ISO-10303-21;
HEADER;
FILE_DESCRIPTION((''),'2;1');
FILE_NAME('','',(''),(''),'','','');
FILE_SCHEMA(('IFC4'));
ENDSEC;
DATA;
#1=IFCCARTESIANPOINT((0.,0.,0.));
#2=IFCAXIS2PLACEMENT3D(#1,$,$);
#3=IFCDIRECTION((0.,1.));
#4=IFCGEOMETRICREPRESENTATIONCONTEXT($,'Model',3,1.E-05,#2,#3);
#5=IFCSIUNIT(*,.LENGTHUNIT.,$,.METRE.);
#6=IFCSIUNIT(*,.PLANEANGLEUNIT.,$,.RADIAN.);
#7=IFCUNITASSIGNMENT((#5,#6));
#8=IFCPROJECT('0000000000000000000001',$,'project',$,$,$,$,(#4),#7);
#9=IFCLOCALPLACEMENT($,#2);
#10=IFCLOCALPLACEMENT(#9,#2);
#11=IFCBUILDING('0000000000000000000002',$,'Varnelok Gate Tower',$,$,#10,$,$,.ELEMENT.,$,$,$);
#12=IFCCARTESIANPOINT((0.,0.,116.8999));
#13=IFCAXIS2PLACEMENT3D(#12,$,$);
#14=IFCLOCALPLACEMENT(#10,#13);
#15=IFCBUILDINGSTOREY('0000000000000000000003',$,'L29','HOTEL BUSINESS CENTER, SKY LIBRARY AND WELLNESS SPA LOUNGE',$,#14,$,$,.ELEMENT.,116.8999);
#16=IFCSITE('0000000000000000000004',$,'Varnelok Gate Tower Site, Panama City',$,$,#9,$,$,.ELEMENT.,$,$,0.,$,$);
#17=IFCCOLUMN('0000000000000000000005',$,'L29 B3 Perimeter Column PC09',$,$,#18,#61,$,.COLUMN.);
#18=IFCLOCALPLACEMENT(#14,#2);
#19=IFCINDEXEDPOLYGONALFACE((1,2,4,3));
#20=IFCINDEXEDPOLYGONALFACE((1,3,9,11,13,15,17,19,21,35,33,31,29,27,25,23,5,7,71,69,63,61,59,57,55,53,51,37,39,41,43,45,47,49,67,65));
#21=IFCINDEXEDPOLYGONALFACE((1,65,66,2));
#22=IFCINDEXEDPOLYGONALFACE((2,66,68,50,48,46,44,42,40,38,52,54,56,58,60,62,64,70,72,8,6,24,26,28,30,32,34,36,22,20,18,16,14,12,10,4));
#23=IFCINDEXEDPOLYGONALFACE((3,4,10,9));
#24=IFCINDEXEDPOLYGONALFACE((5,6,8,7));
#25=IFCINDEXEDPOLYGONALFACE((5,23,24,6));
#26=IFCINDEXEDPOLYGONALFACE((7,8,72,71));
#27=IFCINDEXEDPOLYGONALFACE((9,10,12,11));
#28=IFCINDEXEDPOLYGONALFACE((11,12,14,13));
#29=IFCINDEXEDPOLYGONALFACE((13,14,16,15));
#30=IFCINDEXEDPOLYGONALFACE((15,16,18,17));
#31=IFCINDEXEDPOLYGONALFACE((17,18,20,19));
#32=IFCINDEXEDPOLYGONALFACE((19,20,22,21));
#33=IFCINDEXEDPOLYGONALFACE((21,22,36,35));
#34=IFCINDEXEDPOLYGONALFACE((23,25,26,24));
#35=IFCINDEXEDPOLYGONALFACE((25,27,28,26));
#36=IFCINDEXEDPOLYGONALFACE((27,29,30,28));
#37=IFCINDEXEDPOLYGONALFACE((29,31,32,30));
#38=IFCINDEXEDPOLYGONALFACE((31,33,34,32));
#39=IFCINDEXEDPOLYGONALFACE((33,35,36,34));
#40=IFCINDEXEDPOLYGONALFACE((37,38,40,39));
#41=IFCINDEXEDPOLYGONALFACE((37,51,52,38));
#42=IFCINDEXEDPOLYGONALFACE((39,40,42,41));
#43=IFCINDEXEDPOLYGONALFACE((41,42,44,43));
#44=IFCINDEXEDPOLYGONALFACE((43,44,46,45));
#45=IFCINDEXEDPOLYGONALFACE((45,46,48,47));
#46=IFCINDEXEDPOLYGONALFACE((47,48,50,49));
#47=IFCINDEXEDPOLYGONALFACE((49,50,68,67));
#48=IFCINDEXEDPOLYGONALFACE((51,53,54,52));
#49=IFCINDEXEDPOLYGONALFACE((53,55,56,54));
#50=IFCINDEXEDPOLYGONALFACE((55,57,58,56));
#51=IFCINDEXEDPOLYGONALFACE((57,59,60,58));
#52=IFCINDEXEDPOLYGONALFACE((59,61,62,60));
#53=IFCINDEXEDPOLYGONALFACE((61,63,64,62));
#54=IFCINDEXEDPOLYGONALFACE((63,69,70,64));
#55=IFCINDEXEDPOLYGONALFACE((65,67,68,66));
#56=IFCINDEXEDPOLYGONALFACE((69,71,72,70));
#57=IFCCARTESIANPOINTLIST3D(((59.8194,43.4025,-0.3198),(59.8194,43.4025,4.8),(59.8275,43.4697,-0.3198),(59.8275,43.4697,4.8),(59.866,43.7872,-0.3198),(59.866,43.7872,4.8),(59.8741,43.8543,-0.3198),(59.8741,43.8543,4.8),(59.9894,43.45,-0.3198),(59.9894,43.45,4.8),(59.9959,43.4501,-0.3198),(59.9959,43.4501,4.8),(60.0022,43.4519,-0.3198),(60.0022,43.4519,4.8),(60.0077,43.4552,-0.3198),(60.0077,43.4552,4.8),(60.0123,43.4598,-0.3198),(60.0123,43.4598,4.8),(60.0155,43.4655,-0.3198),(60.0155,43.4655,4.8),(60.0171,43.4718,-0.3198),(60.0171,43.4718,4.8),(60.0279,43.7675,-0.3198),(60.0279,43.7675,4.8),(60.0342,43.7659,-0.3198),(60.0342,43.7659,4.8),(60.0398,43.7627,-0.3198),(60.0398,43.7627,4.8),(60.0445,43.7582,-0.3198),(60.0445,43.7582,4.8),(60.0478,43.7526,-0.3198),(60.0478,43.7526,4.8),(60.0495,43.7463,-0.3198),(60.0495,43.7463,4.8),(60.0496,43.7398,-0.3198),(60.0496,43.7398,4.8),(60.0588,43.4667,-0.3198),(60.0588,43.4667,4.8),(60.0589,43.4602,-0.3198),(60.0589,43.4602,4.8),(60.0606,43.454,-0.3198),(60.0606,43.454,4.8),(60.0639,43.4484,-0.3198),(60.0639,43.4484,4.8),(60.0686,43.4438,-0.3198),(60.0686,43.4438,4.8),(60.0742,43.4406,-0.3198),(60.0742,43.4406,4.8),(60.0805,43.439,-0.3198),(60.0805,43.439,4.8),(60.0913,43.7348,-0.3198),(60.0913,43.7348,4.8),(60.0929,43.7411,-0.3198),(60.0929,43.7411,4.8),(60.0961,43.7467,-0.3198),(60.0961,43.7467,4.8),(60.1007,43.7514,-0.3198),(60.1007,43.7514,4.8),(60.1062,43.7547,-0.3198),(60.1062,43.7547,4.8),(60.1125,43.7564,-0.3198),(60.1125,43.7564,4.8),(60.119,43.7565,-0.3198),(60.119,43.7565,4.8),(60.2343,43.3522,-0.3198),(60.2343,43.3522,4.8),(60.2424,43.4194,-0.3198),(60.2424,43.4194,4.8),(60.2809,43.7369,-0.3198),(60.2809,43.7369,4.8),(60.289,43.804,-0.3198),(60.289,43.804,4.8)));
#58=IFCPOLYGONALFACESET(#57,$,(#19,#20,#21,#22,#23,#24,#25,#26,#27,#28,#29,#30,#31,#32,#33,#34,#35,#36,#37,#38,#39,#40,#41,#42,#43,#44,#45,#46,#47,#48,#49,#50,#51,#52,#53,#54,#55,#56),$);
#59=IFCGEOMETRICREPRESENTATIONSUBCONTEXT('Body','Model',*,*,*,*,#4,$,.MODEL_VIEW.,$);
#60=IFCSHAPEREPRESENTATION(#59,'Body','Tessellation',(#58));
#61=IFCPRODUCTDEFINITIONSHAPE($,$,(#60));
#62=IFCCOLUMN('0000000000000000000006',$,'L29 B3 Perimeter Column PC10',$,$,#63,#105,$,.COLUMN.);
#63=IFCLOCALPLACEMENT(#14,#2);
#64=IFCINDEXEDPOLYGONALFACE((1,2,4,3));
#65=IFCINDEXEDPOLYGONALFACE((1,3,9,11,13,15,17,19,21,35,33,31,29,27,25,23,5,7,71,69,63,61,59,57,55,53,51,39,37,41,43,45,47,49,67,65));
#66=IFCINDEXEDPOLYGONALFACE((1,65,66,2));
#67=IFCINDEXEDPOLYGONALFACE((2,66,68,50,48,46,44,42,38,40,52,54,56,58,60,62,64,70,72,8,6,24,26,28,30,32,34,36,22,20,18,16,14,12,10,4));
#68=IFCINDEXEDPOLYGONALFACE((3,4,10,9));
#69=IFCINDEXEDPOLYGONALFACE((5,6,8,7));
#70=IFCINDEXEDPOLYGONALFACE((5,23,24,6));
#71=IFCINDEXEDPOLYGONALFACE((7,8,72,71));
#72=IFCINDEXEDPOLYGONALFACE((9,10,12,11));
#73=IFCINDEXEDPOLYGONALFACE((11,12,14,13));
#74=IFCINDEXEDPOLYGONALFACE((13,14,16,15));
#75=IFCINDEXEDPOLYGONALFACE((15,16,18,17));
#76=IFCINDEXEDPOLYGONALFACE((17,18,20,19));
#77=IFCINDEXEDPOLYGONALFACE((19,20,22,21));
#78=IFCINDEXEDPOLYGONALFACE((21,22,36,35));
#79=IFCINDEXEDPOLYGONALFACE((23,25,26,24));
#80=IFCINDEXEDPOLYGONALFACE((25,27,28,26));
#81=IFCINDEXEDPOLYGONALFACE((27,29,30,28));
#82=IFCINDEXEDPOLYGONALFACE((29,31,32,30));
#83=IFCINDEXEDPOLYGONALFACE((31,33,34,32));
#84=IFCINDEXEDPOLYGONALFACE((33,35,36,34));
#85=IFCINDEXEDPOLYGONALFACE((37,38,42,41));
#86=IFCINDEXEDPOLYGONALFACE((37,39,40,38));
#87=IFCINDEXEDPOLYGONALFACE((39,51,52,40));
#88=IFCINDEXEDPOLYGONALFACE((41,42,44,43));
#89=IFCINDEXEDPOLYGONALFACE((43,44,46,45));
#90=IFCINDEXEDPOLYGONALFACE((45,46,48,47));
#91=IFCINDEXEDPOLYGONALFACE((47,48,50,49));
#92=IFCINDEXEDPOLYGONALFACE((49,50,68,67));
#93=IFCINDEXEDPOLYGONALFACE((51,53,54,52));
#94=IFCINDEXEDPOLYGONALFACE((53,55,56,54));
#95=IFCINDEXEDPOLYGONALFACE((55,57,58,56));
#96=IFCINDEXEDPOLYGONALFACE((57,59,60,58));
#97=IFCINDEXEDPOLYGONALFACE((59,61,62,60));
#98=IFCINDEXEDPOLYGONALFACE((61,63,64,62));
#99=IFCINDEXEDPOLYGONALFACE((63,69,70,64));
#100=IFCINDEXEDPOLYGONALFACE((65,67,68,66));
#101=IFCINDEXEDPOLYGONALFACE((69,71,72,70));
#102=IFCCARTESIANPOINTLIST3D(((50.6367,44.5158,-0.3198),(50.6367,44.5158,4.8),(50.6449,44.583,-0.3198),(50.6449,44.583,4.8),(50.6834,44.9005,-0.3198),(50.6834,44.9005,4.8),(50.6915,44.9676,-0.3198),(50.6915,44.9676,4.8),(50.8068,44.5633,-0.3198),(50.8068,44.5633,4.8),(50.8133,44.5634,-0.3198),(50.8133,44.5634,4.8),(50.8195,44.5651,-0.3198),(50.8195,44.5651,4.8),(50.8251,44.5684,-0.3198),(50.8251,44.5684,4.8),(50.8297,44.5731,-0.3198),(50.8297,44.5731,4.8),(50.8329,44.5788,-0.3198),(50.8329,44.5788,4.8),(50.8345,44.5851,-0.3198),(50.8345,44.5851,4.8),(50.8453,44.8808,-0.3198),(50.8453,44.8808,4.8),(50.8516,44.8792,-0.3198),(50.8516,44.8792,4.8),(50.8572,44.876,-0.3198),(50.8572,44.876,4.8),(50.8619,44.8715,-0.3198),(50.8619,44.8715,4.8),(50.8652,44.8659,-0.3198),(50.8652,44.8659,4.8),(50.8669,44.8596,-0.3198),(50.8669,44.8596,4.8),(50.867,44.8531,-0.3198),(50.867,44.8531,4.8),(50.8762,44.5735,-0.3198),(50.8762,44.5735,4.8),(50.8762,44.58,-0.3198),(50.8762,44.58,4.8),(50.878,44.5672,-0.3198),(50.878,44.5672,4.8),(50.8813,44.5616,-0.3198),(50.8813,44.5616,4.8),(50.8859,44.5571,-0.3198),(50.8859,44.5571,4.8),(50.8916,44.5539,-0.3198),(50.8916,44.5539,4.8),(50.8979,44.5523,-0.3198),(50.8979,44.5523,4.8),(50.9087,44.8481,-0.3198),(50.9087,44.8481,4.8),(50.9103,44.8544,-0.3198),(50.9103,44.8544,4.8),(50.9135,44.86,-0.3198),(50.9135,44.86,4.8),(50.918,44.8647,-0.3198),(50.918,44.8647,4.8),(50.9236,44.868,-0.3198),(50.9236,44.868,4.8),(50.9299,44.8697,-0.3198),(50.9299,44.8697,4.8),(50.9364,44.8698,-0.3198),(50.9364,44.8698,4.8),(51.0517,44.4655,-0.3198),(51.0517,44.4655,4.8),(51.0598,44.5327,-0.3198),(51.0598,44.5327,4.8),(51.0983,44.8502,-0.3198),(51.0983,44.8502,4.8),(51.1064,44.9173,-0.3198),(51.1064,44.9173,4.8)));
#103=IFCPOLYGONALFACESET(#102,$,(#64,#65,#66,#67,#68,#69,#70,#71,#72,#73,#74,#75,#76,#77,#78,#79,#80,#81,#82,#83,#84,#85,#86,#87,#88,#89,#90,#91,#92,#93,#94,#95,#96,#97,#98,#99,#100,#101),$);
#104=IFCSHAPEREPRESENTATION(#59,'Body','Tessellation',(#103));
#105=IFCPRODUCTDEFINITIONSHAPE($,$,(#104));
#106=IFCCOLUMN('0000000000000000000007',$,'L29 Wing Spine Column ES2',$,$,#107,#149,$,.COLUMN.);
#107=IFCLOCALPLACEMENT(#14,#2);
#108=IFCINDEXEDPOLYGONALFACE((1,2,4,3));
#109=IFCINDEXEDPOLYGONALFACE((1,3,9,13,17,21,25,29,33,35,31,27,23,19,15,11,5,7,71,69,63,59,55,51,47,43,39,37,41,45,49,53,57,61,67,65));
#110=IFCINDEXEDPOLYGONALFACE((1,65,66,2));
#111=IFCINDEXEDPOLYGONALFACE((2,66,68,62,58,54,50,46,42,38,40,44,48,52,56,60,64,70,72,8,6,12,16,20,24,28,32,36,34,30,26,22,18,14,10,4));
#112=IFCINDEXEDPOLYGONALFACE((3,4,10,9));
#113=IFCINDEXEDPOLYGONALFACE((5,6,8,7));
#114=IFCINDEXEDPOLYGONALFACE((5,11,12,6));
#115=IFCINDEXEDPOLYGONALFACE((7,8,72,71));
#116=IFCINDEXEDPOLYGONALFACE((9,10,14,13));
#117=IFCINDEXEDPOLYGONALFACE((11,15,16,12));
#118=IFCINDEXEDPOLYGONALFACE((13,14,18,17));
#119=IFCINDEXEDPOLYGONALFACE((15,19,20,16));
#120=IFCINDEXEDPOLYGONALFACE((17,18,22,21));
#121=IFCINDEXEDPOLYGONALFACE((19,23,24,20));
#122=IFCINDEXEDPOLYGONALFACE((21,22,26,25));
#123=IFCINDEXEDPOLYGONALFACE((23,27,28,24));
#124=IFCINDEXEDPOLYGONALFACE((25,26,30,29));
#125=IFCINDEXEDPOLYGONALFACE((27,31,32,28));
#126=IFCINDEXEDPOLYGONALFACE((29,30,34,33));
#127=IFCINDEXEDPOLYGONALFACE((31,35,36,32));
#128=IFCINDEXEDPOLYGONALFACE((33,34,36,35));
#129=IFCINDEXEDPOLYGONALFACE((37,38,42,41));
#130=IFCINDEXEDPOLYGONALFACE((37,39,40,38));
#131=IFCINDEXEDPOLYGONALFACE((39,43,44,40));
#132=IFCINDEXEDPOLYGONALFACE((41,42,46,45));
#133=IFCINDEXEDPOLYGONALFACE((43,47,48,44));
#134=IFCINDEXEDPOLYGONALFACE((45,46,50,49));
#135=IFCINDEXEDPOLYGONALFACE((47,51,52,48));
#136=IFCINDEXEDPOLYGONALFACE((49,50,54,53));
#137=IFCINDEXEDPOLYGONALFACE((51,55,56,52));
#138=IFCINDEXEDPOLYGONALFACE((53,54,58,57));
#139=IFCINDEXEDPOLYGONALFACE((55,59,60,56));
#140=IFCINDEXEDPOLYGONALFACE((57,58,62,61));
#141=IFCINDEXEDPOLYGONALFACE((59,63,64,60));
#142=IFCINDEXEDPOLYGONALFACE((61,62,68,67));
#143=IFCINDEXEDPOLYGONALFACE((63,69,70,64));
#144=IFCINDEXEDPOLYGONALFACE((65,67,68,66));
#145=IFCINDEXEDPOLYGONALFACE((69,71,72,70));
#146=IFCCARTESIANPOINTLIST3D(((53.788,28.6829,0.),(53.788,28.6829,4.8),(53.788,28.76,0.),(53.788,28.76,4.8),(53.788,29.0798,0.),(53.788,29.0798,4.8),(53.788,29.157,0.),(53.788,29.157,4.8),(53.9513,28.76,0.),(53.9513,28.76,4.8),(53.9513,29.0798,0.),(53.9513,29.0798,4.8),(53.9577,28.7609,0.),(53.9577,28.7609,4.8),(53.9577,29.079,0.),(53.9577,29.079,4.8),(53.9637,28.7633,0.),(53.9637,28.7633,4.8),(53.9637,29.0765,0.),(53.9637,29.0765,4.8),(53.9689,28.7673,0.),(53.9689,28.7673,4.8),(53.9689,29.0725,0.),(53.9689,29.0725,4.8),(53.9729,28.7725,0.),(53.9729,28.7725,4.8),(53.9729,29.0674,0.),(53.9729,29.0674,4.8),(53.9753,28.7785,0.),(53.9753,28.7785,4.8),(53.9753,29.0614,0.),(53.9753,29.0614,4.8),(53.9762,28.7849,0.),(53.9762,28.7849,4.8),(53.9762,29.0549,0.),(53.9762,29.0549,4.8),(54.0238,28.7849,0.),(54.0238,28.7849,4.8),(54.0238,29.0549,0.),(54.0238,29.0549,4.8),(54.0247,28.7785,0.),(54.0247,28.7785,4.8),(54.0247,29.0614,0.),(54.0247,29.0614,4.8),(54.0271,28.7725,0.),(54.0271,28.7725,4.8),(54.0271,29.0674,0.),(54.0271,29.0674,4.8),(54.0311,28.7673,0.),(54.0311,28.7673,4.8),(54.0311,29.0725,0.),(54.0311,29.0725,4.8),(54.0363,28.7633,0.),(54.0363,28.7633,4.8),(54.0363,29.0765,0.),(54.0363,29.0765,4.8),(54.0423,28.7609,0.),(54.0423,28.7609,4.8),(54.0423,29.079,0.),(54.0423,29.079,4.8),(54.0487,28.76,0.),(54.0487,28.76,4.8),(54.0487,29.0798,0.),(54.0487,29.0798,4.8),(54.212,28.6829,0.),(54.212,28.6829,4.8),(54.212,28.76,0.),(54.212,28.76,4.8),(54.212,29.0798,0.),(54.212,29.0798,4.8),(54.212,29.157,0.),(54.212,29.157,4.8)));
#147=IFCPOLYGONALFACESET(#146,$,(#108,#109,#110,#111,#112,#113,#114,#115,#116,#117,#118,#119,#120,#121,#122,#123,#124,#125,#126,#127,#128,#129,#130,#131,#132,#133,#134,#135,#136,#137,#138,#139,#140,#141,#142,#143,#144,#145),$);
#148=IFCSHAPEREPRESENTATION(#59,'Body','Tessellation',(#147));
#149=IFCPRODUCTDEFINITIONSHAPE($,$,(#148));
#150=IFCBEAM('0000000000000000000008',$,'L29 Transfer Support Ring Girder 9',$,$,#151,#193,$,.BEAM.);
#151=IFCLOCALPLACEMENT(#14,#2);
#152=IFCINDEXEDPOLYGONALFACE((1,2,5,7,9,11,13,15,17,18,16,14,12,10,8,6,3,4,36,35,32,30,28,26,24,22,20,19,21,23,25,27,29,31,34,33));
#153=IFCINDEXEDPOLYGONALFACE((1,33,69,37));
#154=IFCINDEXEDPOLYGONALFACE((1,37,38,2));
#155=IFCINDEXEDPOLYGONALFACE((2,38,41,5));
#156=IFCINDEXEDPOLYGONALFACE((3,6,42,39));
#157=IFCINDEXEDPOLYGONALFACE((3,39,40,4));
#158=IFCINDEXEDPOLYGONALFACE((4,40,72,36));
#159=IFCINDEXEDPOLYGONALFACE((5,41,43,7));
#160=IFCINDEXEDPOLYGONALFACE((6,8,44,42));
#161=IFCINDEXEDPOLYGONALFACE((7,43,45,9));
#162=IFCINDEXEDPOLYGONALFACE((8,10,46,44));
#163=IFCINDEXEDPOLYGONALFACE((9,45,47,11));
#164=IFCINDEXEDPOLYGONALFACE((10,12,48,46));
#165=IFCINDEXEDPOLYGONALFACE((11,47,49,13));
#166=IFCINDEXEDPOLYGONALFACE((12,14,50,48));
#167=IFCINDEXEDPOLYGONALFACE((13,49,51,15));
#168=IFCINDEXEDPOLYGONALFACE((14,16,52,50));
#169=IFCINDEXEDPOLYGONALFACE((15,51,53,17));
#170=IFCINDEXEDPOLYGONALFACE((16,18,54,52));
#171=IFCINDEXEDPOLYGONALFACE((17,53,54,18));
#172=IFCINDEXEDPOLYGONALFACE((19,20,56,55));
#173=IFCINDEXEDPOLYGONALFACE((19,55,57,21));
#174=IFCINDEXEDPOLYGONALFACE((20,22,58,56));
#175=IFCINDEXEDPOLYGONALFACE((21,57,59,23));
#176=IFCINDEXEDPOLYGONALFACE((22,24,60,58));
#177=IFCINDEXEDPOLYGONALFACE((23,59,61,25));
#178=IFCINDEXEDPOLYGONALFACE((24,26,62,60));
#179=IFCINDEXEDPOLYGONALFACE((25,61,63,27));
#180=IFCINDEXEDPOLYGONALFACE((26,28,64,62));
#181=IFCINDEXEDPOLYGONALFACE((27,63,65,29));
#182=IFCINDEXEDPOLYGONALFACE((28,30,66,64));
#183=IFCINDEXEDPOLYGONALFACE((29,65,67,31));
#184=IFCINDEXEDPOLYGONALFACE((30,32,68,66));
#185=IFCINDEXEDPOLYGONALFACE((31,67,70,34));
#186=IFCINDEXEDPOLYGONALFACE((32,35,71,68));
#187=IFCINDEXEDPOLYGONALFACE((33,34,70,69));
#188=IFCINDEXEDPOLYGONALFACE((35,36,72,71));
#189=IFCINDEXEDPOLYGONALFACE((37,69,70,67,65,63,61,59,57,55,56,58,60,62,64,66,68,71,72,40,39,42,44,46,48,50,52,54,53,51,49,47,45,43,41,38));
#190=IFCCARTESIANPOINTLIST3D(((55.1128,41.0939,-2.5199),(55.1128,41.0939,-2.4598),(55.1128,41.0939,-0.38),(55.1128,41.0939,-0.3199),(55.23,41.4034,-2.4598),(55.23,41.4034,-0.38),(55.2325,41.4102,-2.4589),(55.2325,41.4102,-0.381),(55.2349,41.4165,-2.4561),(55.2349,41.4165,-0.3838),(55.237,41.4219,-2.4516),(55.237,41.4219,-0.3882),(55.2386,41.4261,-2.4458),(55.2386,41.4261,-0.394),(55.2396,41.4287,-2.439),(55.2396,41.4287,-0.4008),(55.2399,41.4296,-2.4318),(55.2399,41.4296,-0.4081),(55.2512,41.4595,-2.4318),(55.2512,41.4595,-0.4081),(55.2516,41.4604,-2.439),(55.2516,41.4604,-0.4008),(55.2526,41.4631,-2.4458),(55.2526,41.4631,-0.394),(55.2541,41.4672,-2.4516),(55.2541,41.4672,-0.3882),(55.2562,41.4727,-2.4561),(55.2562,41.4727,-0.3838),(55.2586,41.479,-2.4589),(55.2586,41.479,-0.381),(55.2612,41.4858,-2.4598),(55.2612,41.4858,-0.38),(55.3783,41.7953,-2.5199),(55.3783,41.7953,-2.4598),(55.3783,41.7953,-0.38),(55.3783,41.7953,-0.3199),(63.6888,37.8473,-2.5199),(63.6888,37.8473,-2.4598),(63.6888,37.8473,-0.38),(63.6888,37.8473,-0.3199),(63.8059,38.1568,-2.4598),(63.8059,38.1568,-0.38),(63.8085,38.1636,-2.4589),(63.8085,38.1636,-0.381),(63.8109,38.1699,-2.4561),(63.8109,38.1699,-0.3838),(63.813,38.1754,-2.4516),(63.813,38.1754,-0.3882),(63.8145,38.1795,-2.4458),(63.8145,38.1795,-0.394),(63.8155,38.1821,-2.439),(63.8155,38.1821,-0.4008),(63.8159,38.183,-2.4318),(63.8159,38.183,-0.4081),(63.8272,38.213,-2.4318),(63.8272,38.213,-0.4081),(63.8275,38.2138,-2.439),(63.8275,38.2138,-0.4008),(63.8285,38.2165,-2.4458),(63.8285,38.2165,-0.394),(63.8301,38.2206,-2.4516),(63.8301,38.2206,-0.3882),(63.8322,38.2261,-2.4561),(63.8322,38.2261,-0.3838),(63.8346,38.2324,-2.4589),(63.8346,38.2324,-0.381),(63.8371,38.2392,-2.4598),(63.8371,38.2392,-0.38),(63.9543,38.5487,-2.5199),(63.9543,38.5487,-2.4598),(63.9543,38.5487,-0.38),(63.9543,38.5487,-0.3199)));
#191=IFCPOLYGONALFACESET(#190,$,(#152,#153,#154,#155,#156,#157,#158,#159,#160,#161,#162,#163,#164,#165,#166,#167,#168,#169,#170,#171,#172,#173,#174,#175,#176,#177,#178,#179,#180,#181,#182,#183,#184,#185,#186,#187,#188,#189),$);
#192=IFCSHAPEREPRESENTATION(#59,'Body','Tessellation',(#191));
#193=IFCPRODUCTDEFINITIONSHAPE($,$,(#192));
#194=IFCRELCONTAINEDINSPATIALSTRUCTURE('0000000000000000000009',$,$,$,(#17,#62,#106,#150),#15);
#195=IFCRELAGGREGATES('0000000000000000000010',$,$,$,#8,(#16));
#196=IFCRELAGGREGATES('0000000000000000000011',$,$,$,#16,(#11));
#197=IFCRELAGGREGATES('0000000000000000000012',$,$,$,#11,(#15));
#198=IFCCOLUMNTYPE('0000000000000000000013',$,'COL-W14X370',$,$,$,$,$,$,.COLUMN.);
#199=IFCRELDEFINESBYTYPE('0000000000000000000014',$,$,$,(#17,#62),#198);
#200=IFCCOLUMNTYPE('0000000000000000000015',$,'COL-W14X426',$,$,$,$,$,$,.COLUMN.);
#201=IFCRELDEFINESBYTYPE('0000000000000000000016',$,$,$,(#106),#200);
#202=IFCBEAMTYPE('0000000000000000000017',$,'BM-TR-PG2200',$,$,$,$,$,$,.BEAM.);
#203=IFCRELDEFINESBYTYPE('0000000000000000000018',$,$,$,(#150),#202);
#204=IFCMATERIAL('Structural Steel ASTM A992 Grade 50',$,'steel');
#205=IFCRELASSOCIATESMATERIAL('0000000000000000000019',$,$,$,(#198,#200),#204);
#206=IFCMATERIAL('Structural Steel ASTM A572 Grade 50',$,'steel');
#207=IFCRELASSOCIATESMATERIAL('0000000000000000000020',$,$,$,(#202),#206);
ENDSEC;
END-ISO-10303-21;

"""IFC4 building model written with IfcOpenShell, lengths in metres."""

from ifc_helpers import new_model, si_unit, direction, frame, origin, origin_2d, place, context, subcontext, project, spatial, i_section, extrude, material, material_profile, profile_set, type_object, element, save


model = new_model("IFC4")

# Units and contexts
model_context = context("Model", 3, precision=1e-05, world=origin(), true_north=direction((0.0, 1.0)))
body_context = subcontext(model_context, "Body", "Model", "MODEL_VIEW")
ifc_project = project(units=[si_unit("LENGTHUNIT", "METRE"), si_unit("PLANEANGLEUNIT", "RADIAN")], contexts=[model_context])

# Site, building, storey
site_placement = place(None, origin())
site = spatial("IfcSite", under=ifc_project, at=site_placement, Name="Varnelok Gate Tower Site, Panama City", CompositionType="ELEMENT", RefElevation=0.0)
building_placement = place(site_placement, origin())
building = spatial("IfcBuilding", under=site, at=building_placement, Name="Varnelok Gate Tower", CompositionType="ELEMENT")
storey_placement = place(building_placement, frame((0.0, 0.0, 116.8999)))
storey = spatial("IfcBuildingStorey", under=building, at=storey_placement, Name="L29", Description="HOTEL BUSINESS CENTER, SKY LIBRARY AND WELLNESS SPA LOUNGE", CompositionType="ELEMENT", Elevation=116.8999)

# Columns
ifc_material_1 = material(Name="Structural Steel ASTM A992 Grade 50", Category="steel")
ifc_material_profile_1 = material_profile(ifc_material_1, i_section(OverallWidth=0.418, OverallDepth=0.4551, WebThickness=0.042, FlangeThickness=0.0676, FilletRadius=0.0249, at=origin_2d()), Name="W14X370")
ifc_profile_set_1 = profile_set([ifc_material_profile_1], Name="Structural Steel ASTM A992 Grade 50")
column_type_1 = type_object("IfcColumnType", Name="COL-W14X370", PredefinedType="COLUMN", material=ifc_profile_set_1)
for number, where, z_axis, x_axis, name in (
    (1, (60.0542, 43.6033, -0.3198), (0.0, 0.0, 1.0), (0.992732, -0.120345, 0.0), "L29 B3 Perimeter Column PC09"),
    (2, (50.8716, 44.7166, -0.3198), (0.0, 0.0, 1.0), (0.992732, -0.120345, 0.0), "L29 B3 Perimeter Column PC10"),
):
    element("IfcColumn", number, at=place(storey_placement, frame(where, z_axis=z_axis, x_axis=x_axis)), inside=storey, type_object=column_type_1, Name=name, PredefinedType="COLUMN", context=body_context, shape_type="SweptSolid", body=[
        extrude(i_section(OverallWidth=0.418, OverallDepth=0.4551, WebThickness=0.042, FlangeThickness=0.0676, FilletRadius=0.0249, at=origin_2d()), origin(), (0.0, 0.0, 1.0), 5.1199),
    ])
ifc_material_profile_2 = material_profile(ifc_material_1, i_section(OverallWidth=0.4241, OverallDepth=0.4741, WebThickness=0.0476, FlangeThickness=0.0771, FilletRadius=0.0249, at=origin_2d()), Name="W14X426")
ifc_profile_set_2 = profile_set([ifc_material_profile_2], Name="Structural Steel ASTM A992 Grade 50")
column_type_2 = type_object("IfcColumnType", Name="COL-W14X426", PredefinedType="COLUMN", material=ifc_profile_set_2)
column_placement = place(storey_placement, frame((54.0, 28.9199, 0.0), z_axis=(0.0, 0.0, 1.0), x_axis=(1.0, 0.0, 0.0)))
element("IfcColumn", 3, at=column_placement, inside=storey, type_object=column_type_2, Name="L29 Wing Spine Column ES2", PredefinedType="COLUMN", context=body_context, shape_type="SweptSolid", body=[
    extrude(i_section(OverallWidth=0.4241, OverallDepth=0.4741, WebThickness=0.0476, FlangeThickness=0.0771, FilletRadius=0.0249, at=origin_2d()), origin(), (0.0, 0.0, 1.0), 4.8),
])

# Beam
ifc_material_2 = material(Name="Structural Steel ASTM A572 Grade 50", Category="steel")
ifc_material_profile_3 = material_profile(ifc_material_2, i_section(OverallWidth=0.75, OverallDepth=2.2, WebThickness=0.032, FlangeThickness=0.0601, FilletRadius=0.0281, at=origin_2d()), Name="PG2200X750")
ifc_profile_set_3 = profile_set([ifc_material_profile_3], Name="Structural Steel ASTM A572 Grade 50")
beam_type_1 = type_object("IfcBeamType", Name="BM-TR-PG2200", PredefinedType="BEAM", material=ifc_profile_set_3)
beam_1_placement = place(storey_placement, frame((63.8215, 38.198, -1.4199), z_axis=(-0.935227, 0.354048, 0.0), x_axis=(-0.354048, -0.935227, 0.0)))
element("IfcBeam", 4, at=beam_1_placement, inside=storey, type_object=beam_type_1, Name="L29 Transfer Support Ring Girder 9", PredefinedType="BEAM", context=body_context, shape_type="SweptSolid", body=[
    extrude(i_section(OverallWidth=0.75, OverallDepth=2.2, WebThickness=0.032, FlangeThickness=0.0601, FilletRadius=0.0281, at=origin_2d()), origin(), (0.0, 0.0, 1.0), 9.1699),
])

save(model, "model.ifc")
